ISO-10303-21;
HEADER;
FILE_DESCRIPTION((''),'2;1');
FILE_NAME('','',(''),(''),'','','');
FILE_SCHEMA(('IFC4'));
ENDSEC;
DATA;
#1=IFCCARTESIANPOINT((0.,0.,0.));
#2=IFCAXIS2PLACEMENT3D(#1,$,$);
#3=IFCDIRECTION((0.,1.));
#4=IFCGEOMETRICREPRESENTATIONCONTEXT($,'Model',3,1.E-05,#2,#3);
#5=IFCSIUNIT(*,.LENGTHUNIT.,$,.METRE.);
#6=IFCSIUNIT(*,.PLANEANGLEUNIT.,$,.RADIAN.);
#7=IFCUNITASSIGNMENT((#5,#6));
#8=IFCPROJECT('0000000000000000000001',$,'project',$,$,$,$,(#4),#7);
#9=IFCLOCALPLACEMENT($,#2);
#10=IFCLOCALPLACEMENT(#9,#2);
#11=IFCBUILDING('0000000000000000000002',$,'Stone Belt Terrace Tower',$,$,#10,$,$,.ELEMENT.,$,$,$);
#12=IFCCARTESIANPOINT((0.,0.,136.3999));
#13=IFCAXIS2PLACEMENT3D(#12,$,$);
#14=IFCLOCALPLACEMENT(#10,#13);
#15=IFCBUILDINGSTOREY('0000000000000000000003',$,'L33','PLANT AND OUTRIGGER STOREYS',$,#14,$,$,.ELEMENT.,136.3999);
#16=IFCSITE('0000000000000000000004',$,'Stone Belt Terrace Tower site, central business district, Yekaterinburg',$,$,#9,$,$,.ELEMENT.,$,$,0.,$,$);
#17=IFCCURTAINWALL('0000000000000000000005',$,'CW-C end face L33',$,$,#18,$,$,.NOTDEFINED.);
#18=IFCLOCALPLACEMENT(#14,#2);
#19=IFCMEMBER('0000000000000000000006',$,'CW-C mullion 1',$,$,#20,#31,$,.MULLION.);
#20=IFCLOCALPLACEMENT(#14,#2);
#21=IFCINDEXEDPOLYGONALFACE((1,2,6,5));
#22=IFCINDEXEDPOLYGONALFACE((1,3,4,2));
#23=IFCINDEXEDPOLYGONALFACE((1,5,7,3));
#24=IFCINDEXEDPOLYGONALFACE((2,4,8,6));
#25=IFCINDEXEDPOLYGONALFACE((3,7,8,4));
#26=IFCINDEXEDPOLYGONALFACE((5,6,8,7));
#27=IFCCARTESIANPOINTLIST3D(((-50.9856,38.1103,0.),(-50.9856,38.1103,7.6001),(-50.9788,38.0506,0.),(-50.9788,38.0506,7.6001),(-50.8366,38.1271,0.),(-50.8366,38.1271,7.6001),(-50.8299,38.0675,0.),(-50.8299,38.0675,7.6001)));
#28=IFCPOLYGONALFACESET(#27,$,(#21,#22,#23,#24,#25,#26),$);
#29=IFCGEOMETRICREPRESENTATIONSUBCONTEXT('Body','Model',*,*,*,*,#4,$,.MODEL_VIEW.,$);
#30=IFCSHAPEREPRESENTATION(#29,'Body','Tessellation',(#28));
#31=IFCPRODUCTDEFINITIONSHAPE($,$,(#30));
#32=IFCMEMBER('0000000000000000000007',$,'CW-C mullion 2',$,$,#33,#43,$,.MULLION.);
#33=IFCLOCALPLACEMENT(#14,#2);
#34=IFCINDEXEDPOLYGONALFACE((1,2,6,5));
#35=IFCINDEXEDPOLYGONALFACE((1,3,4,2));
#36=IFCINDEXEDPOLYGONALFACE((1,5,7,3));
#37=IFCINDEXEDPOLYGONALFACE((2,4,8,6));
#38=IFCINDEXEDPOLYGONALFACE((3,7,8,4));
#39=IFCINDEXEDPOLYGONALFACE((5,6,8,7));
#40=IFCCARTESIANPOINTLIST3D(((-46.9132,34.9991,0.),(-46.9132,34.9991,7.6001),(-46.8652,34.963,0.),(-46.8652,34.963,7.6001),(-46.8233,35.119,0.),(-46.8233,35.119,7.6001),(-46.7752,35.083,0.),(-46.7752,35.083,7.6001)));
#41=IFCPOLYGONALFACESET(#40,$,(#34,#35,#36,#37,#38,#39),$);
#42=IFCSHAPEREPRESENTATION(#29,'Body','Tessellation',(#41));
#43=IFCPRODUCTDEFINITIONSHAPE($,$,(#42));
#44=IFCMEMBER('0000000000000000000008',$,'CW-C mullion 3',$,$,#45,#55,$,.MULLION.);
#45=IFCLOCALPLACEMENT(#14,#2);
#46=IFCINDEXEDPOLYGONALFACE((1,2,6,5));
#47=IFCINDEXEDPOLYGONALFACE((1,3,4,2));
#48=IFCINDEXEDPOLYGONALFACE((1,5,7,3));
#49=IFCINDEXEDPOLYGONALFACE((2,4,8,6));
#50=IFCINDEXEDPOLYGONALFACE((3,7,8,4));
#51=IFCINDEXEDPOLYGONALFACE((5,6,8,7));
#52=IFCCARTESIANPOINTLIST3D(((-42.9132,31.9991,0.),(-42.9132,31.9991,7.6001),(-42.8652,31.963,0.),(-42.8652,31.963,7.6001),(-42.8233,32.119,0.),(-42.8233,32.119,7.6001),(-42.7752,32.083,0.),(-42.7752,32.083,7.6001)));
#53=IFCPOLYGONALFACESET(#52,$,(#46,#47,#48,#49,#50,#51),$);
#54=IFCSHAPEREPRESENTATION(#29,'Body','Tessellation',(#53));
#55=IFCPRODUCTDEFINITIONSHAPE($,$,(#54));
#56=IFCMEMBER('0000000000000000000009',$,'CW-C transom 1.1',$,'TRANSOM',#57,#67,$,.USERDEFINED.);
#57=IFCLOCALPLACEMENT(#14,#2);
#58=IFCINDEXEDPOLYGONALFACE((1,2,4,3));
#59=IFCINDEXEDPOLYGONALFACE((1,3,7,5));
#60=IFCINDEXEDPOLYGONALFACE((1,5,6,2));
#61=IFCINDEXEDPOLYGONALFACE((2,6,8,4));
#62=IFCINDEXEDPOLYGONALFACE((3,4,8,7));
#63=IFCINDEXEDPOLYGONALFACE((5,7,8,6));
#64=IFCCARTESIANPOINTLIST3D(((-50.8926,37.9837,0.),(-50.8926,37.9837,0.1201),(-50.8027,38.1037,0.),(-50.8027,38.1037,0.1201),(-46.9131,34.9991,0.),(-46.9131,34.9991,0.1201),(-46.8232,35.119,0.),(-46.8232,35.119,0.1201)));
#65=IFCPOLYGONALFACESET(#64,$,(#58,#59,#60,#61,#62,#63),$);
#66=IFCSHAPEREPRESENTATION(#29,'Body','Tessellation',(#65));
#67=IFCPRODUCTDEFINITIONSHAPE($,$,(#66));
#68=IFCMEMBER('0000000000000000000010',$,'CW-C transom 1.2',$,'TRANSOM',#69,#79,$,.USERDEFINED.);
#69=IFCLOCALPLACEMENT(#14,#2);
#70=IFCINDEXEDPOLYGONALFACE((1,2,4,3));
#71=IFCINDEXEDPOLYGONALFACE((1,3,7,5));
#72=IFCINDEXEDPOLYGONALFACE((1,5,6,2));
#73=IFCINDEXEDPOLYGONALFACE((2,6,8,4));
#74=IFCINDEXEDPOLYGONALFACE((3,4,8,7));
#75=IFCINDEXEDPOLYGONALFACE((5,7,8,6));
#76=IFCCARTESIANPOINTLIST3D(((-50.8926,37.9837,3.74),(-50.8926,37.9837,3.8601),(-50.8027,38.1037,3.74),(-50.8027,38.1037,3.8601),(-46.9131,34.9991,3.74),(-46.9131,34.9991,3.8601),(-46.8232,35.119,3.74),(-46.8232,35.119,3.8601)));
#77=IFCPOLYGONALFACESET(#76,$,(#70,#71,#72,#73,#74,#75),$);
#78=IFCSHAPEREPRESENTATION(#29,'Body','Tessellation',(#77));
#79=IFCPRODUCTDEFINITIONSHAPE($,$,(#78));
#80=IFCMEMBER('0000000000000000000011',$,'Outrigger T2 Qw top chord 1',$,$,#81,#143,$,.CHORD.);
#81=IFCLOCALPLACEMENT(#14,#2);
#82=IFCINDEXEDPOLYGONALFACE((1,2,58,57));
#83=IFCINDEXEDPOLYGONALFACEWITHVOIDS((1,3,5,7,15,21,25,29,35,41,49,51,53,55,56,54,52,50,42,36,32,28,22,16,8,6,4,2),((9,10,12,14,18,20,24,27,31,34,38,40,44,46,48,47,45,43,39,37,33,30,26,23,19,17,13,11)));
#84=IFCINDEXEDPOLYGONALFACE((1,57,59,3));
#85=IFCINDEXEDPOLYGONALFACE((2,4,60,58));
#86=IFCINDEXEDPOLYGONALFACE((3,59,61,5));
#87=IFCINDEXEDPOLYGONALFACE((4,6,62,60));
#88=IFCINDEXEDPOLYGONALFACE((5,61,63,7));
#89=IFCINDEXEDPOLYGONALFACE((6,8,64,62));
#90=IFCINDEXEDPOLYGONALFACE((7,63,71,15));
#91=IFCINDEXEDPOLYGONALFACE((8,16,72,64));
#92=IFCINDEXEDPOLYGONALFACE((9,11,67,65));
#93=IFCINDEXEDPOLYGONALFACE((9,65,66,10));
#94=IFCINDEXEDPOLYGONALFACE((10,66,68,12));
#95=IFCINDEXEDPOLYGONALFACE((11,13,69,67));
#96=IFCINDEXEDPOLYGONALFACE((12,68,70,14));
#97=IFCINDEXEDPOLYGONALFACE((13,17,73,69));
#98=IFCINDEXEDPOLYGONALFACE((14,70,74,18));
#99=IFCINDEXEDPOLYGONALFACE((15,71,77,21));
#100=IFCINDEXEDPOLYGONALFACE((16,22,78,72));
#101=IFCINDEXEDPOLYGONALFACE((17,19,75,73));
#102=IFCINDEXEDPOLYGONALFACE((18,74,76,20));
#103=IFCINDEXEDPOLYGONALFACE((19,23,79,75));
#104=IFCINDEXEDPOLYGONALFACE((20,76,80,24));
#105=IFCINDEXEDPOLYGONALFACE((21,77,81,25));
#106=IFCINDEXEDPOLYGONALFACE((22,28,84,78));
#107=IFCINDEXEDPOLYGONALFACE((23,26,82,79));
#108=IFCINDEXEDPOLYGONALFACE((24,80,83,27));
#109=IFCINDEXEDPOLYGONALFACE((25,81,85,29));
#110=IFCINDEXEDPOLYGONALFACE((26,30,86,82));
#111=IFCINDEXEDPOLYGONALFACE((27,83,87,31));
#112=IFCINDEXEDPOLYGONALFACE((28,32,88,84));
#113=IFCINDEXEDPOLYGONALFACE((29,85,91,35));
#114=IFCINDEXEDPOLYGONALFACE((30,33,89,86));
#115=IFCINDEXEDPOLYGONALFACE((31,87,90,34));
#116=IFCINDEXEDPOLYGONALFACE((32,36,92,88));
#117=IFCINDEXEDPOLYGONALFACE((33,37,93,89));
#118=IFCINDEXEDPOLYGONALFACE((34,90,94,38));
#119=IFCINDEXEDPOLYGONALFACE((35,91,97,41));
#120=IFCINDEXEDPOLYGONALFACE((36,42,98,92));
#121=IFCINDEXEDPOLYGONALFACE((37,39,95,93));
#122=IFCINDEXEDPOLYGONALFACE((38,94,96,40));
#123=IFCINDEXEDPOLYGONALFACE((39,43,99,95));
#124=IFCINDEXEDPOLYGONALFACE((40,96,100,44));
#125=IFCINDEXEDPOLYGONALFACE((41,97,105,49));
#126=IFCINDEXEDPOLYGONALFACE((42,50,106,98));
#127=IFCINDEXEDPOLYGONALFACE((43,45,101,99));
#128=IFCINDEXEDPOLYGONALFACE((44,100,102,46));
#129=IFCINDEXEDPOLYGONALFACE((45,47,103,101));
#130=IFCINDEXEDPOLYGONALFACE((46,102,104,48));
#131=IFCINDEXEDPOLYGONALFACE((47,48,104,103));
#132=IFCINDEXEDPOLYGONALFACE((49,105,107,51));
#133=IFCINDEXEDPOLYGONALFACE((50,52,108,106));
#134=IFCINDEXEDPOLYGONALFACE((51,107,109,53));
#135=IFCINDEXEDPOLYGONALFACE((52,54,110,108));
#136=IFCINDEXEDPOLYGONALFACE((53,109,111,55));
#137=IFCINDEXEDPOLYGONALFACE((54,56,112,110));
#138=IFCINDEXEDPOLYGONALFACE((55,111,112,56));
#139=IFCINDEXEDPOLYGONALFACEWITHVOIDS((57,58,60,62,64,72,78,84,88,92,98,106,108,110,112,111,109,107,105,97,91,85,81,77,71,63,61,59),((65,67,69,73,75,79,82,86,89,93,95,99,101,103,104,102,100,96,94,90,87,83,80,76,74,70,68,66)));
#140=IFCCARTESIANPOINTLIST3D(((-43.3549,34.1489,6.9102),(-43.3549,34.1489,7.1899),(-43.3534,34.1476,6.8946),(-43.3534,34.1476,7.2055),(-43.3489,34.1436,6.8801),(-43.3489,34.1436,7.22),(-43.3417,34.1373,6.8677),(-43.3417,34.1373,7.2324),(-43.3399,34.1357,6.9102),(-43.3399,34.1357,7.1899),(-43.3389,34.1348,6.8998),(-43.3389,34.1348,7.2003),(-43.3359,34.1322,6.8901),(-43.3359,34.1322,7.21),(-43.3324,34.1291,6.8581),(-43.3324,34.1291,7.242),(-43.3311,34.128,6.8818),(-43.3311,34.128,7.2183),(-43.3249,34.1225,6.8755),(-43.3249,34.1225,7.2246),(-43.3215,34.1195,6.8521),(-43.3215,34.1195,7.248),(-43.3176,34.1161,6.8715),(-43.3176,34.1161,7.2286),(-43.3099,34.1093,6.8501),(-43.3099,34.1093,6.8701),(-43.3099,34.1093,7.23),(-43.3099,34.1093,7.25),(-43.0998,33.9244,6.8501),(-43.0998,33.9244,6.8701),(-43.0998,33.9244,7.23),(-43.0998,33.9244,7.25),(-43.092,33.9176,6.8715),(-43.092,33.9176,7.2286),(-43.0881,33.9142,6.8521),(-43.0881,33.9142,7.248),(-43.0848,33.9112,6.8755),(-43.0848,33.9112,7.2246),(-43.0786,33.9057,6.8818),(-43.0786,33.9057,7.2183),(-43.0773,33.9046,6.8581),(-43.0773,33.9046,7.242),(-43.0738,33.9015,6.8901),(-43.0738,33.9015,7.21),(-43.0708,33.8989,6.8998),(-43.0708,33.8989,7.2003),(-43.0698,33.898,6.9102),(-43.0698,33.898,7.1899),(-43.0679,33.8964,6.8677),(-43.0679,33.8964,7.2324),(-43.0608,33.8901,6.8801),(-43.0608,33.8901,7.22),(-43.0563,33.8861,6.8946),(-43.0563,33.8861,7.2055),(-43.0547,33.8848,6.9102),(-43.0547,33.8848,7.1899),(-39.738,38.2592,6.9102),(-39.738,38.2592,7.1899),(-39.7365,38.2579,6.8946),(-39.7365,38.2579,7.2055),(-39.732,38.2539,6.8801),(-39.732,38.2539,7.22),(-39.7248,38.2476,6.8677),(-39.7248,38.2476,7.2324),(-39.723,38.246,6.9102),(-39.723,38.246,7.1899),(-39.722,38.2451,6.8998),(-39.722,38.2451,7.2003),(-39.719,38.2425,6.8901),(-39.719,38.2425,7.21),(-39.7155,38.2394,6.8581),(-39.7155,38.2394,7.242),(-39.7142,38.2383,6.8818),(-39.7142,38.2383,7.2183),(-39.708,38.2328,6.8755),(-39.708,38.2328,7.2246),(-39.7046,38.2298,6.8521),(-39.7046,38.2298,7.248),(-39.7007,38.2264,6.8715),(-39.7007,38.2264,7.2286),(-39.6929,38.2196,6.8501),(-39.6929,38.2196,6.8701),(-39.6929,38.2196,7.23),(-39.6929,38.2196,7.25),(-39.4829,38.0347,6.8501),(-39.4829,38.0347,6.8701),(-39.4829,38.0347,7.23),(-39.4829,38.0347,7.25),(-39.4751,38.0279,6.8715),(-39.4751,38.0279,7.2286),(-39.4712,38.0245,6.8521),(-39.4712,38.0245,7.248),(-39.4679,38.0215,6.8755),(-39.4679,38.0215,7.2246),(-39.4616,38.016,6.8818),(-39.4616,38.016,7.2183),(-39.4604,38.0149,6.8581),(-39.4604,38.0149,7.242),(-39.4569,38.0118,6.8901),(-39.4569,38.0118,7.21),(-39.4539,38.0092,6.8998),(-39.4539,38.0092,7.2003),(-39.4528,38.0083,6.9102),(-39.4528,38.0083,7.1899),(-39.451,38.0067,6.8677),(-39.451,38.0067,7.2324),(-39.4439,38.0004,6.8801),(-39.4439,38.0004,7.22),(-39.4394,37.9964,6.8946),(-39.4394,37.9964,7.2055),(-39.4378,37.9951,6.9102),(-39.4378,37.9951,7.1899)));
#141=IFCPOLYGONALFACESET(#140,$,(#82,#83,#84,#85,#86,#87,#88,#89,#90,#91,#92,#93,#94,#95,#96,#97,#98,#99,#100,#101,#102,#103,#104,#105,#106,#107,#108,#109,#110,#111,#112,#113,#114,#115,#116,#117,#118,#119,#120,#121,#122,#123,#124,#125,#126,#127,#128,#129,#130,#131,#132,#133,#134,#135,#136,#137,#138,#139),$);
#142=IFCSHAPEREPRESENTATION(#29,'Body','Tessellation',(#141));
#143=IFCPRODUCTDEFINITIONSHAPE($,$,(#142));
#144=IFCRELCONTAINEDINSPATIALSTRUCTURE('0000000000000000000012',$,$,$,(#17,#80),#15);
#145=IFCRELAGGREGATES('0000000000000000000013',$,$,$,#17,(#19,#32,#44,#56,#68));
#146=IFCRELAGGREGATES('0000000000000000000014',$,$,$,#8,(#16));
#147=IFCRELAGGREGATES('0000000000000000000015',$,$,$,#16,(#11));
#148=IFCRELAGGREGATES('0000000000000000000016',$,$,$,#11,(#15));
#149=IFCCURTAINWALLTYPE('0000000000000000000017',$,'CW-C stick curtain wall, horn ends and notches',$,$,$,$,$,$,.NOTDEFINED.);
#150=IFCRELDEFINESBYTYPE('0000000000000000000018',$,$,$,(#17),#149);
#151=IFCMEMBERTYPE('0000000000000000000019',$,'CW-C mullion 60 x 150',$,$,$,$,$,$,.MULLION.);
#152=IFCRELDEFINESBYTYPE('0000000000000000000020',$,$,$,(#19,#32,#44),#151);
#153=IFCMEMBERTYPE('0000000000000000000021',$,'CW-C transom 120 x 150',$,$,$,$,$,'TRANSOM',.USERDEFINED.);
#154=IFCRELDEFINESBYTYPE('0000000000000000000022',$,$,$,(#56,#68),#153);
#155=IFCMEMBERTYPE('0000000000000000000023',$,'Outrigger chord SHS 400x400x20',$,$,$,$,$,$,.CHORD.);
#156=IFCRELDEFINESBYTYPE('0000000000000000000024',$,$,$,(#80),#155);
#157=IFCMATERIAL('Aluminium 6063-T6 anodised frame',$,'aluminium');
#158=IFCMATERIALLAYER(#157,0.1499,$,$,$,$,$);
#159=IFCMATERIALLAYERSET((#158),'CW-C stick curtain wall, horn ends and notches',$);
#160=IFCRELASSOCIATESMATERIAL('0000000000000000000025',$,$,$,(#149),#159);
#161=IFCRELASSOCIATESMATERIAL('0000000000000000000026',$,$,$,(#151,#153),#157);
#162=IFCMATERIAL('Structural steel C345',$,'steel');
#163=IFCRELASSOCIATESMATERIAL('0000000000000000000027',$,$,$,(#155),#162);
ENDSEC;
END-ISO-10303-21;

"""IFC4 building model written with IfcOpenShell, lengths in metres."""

from ifc_helpers import new_model, si_unit, direction, frame, origin, origin_2d, place, context, subcontext, project, spatial, rectangle, hollow_rectangle, extrude, material, layer, layer_set, material_profile, profile_set, type_object, element, aggregate, save


model = new_model("IFC4")

# Units and contexts
model_context = context("Model", 3, precision=1e-05, world=origin(), true_north=direction((0.0, 1.0)))
body_context = subcontext(model_context, "Body", "Model", "MODEL_VIEW")
ifc_project = project(units=[si_unit("LENGTHUNIT", "METRE"), si_unit("PLANEANGLEUNIT", "RADIAN")], contexts=[model_context])

# Site, building, storey
site_placement = place(None, origin())
site = spatial("IfcSite", under=ifc_project, at=site_placement, Name="Stone Belt Terrace Tower site, central business district, Yekaterinburg", CompositionType="ELEMENT", RefElevation=0.0)
building_placement = place(site_placement, origin())
building = spatial("IfcBuilding", under=site, at=building_placement, Name="Stone Belt Terrace Tower", CompositionType="ELEMENT")
storey_placement = place(building_placement, frame((0.0, 0.0, 136.3999)))
storey = spatial("IfcBuildingStorey", under=building, at=storey_placement, Name="L33", Description="PLANT AND OUTRIGGER STOREYS", CompositionType="ELEMENT", Elevation=136.3999)

# Curtain wall, members
ifc_material_1 = material(Name="Aluminium 6063-T6 anodised frame", Category="aluminium")
ifc_layer_1 = layer(ifc_material_1, 0.1499)
ifc_layer_set_1 = layer_set([ifc_layer_1], Name="CW-C stick curtain wall, horn ends and notches")
curtain_wall_type = type_object("IfcCurtainWallType", Name="CW-C stick curtain wall, horn ends and notches", PredefinedType="NOTDEFINED", material=ifc_layer_set_1)
curtain_wall_placement = place(storey_placement, origin())
curtain_wall = element("IfcCurtainWall", 1, at=curtain_wall_placement, inside=storey, type_object=curtain_wall_type, Name="CW-C end face L33", PredefinedType="NOTDEFINED")
ifc_material_profile_1 = material_profile(ifc_material_1, rectangle(XDim=0.1499, YDim=0.0601, at=origin_2d()), Name="Aluminium 6063-T6 60x150")
ifc_profile_set_1 = profile_set([ifc_material_profile_1], Name="Aluminium 6063-T6 anodised frame")
member_type_1 = type_object("IfcMemberType", Name="CW-C mullion 60 x 150", PredefinedType="MULLION", material=ifc_profile_set_1)
member_1_placement = place(storey_placement, frame((-50.9077, 38.0889, 0.0), z_axis=(0.0, 0.0, 1.0), x_axis=(0.993647, 0.112545, 0.0)))
member_1 = element("IfcMember", 2, at=member_1_placement, type_object=member_type_1, Name="CW-C mullion 1", PredefinedType="MULLION", context=body_context, shape_type="SweptSolid", body=[
    extrude(rectangle(XDim=0.1499, YDim=0.0601, at=origin_2d()), origin(), (0.0, 0.0, 1.0), 7.6001),
])
member_2_placement = place(storey_placement, frame((-46.8442, 35.041, 0.0), z_axis=(0.0, 0.0, 1.0), x_axis=(0.600018, 0.799987, 0.0)))
member_2 = element("IfcMember", 3, at=member_2_placement, type_object=member_type_1, Name="CW-C mullion 2", PredefinedType="MULLION", context=body_context, shape_type="SweptSolid", body=[
    extrude(rectangle(XDim=0.1499, YDim=0.0601, at=origin_2d()), origin(), (0.0, 0.0, 1.0), 7.6001),
])
member_3_placement = place(storey_placement, frame((-42.8442, 32.041, 0.0), z_axis=(0.0, 0.0, 1.0), x_axis=(0.600018, 0.799987, 0.0)))
member_3 = element("IfcMember", 4, at=member_3_placement, type_object=member_type_1, Name="CW-C mullion 3", PredefinedType="MULLION", context=body_context, shape_type="SweptSolid", body=[
    extrude(rectangle(XDim=0.1499, YDim=0.0601, at=origin_2d()), origin(), (0.0, 0.0, 1.0), 7.6001),
])
ifc_material_profile_2 = material_profile(ifc_material_1, rectangle(XDim=0.1499, YDim=0.1201, at=origin_2d()), Name="Aluminium 6063-T6 150x120")
ifc_profile_set_2 = profile_set([ifc_material_profile_2], Name="Aluminium 6063-T6 anodised frame")
member_type_2 = type_object("IfcMemberType", Name="CW-C transom 120 x 150", ElementType="TRANSOM", PredefinedType="USERDEFINED", material=ifc_profile_set_2)
member_4_placement = place(storey_placement, frame((-50.8477, 38.0437, 0.0601), z_axis=(0.8, -0.6, 0.0), x_axis=(0.6, 0.8, 0.0)))
member_4 = element("IfcMember", 5, at=member_4_placement, type_object=member_type_2, Name="CW-C transom 1.1", ObjectType="TRANSOM", PredefinedType="USERDEFINED", context=body_context, shape_type="SweptSolid", body=[
    extrude(rectangle(XDim=0.1499, YDim=0.1201, at=origin_2d()), origin(), (0.0, 0.0, 1.0), 4.9744),
])
member_5_placement = place(storey_placement, frame((-50.8477, 38.0437, 3.8), z_axis=(0.8, -0.6, 0.0), x_axis=(0.6, 0.8, 0.0)))
member_5 = element("IfcMember", 6, at=member_5_placement, type_object=member_type_2, Name="CW-C transom 1.2", ObjectType="TRANSOM", PredefinedType="USERDEFINED", context=body_context, shape_type="SweptSolid", body=[
    extrude(rectangle(XDim=0.1499, YDim=0.1201, at=origin_2d()), origin(), (0.0, 0.0, 1.0), 4.9744),
])

# Member
ifc_material_2 = material(Name="Structural steel C345", Category="steel")
ifc_material_profile_3 = material_profile(ifc_material_2, hollow_rectangle(XDim=0.3999, YDim=0.3999, WallThickness=0.02, InnerFilletRadius=0.04, OuterFilletRadius=0.0601, at=origin_2d()), Name="SHS 400x400x20")
ifc_profile_set_3 = profile_set([ifc_material_profile_3], Name="Structural steel C345")
member_type_3 = type_object("IfcMemberType", Name="Outrigger chord SHS 400x400x20", PredefinedType="CHORD", material=ifc_profile_set_3)
for number, where, z_axis, x_axis, name in (
    (7, (-43.2048, 34.0168, 7.05), (0.660611, 0.750729, 0.0), (-0.750729, 0.660611, 0.0), "Outrigger T2 Qw top chord 1"),
):
    element("IfcMember", number, at=place(storey_placement, frame(where, z_axis=z_axis, x_axis=x_axis)), inside=storey, type_object=member_type_3, Name=name, PredefinedType="CHORD", context=body_context, shape_type="SweptSolid", body=[
        extrude(hollow_rectangle(XDim=0.3999, YDim=0.3999, WallThickness=0.02, InnerFilletRadius=0.04, OuterFilletRadius=0.0601, at=origin_2d()), origin(), (0.0, 0.0, 1.0), 5.4751),
    ])

aggregate(curtain_wall, [member_1, member_2, member_3, member_4, member_5])

save(model, "model.ifc")
